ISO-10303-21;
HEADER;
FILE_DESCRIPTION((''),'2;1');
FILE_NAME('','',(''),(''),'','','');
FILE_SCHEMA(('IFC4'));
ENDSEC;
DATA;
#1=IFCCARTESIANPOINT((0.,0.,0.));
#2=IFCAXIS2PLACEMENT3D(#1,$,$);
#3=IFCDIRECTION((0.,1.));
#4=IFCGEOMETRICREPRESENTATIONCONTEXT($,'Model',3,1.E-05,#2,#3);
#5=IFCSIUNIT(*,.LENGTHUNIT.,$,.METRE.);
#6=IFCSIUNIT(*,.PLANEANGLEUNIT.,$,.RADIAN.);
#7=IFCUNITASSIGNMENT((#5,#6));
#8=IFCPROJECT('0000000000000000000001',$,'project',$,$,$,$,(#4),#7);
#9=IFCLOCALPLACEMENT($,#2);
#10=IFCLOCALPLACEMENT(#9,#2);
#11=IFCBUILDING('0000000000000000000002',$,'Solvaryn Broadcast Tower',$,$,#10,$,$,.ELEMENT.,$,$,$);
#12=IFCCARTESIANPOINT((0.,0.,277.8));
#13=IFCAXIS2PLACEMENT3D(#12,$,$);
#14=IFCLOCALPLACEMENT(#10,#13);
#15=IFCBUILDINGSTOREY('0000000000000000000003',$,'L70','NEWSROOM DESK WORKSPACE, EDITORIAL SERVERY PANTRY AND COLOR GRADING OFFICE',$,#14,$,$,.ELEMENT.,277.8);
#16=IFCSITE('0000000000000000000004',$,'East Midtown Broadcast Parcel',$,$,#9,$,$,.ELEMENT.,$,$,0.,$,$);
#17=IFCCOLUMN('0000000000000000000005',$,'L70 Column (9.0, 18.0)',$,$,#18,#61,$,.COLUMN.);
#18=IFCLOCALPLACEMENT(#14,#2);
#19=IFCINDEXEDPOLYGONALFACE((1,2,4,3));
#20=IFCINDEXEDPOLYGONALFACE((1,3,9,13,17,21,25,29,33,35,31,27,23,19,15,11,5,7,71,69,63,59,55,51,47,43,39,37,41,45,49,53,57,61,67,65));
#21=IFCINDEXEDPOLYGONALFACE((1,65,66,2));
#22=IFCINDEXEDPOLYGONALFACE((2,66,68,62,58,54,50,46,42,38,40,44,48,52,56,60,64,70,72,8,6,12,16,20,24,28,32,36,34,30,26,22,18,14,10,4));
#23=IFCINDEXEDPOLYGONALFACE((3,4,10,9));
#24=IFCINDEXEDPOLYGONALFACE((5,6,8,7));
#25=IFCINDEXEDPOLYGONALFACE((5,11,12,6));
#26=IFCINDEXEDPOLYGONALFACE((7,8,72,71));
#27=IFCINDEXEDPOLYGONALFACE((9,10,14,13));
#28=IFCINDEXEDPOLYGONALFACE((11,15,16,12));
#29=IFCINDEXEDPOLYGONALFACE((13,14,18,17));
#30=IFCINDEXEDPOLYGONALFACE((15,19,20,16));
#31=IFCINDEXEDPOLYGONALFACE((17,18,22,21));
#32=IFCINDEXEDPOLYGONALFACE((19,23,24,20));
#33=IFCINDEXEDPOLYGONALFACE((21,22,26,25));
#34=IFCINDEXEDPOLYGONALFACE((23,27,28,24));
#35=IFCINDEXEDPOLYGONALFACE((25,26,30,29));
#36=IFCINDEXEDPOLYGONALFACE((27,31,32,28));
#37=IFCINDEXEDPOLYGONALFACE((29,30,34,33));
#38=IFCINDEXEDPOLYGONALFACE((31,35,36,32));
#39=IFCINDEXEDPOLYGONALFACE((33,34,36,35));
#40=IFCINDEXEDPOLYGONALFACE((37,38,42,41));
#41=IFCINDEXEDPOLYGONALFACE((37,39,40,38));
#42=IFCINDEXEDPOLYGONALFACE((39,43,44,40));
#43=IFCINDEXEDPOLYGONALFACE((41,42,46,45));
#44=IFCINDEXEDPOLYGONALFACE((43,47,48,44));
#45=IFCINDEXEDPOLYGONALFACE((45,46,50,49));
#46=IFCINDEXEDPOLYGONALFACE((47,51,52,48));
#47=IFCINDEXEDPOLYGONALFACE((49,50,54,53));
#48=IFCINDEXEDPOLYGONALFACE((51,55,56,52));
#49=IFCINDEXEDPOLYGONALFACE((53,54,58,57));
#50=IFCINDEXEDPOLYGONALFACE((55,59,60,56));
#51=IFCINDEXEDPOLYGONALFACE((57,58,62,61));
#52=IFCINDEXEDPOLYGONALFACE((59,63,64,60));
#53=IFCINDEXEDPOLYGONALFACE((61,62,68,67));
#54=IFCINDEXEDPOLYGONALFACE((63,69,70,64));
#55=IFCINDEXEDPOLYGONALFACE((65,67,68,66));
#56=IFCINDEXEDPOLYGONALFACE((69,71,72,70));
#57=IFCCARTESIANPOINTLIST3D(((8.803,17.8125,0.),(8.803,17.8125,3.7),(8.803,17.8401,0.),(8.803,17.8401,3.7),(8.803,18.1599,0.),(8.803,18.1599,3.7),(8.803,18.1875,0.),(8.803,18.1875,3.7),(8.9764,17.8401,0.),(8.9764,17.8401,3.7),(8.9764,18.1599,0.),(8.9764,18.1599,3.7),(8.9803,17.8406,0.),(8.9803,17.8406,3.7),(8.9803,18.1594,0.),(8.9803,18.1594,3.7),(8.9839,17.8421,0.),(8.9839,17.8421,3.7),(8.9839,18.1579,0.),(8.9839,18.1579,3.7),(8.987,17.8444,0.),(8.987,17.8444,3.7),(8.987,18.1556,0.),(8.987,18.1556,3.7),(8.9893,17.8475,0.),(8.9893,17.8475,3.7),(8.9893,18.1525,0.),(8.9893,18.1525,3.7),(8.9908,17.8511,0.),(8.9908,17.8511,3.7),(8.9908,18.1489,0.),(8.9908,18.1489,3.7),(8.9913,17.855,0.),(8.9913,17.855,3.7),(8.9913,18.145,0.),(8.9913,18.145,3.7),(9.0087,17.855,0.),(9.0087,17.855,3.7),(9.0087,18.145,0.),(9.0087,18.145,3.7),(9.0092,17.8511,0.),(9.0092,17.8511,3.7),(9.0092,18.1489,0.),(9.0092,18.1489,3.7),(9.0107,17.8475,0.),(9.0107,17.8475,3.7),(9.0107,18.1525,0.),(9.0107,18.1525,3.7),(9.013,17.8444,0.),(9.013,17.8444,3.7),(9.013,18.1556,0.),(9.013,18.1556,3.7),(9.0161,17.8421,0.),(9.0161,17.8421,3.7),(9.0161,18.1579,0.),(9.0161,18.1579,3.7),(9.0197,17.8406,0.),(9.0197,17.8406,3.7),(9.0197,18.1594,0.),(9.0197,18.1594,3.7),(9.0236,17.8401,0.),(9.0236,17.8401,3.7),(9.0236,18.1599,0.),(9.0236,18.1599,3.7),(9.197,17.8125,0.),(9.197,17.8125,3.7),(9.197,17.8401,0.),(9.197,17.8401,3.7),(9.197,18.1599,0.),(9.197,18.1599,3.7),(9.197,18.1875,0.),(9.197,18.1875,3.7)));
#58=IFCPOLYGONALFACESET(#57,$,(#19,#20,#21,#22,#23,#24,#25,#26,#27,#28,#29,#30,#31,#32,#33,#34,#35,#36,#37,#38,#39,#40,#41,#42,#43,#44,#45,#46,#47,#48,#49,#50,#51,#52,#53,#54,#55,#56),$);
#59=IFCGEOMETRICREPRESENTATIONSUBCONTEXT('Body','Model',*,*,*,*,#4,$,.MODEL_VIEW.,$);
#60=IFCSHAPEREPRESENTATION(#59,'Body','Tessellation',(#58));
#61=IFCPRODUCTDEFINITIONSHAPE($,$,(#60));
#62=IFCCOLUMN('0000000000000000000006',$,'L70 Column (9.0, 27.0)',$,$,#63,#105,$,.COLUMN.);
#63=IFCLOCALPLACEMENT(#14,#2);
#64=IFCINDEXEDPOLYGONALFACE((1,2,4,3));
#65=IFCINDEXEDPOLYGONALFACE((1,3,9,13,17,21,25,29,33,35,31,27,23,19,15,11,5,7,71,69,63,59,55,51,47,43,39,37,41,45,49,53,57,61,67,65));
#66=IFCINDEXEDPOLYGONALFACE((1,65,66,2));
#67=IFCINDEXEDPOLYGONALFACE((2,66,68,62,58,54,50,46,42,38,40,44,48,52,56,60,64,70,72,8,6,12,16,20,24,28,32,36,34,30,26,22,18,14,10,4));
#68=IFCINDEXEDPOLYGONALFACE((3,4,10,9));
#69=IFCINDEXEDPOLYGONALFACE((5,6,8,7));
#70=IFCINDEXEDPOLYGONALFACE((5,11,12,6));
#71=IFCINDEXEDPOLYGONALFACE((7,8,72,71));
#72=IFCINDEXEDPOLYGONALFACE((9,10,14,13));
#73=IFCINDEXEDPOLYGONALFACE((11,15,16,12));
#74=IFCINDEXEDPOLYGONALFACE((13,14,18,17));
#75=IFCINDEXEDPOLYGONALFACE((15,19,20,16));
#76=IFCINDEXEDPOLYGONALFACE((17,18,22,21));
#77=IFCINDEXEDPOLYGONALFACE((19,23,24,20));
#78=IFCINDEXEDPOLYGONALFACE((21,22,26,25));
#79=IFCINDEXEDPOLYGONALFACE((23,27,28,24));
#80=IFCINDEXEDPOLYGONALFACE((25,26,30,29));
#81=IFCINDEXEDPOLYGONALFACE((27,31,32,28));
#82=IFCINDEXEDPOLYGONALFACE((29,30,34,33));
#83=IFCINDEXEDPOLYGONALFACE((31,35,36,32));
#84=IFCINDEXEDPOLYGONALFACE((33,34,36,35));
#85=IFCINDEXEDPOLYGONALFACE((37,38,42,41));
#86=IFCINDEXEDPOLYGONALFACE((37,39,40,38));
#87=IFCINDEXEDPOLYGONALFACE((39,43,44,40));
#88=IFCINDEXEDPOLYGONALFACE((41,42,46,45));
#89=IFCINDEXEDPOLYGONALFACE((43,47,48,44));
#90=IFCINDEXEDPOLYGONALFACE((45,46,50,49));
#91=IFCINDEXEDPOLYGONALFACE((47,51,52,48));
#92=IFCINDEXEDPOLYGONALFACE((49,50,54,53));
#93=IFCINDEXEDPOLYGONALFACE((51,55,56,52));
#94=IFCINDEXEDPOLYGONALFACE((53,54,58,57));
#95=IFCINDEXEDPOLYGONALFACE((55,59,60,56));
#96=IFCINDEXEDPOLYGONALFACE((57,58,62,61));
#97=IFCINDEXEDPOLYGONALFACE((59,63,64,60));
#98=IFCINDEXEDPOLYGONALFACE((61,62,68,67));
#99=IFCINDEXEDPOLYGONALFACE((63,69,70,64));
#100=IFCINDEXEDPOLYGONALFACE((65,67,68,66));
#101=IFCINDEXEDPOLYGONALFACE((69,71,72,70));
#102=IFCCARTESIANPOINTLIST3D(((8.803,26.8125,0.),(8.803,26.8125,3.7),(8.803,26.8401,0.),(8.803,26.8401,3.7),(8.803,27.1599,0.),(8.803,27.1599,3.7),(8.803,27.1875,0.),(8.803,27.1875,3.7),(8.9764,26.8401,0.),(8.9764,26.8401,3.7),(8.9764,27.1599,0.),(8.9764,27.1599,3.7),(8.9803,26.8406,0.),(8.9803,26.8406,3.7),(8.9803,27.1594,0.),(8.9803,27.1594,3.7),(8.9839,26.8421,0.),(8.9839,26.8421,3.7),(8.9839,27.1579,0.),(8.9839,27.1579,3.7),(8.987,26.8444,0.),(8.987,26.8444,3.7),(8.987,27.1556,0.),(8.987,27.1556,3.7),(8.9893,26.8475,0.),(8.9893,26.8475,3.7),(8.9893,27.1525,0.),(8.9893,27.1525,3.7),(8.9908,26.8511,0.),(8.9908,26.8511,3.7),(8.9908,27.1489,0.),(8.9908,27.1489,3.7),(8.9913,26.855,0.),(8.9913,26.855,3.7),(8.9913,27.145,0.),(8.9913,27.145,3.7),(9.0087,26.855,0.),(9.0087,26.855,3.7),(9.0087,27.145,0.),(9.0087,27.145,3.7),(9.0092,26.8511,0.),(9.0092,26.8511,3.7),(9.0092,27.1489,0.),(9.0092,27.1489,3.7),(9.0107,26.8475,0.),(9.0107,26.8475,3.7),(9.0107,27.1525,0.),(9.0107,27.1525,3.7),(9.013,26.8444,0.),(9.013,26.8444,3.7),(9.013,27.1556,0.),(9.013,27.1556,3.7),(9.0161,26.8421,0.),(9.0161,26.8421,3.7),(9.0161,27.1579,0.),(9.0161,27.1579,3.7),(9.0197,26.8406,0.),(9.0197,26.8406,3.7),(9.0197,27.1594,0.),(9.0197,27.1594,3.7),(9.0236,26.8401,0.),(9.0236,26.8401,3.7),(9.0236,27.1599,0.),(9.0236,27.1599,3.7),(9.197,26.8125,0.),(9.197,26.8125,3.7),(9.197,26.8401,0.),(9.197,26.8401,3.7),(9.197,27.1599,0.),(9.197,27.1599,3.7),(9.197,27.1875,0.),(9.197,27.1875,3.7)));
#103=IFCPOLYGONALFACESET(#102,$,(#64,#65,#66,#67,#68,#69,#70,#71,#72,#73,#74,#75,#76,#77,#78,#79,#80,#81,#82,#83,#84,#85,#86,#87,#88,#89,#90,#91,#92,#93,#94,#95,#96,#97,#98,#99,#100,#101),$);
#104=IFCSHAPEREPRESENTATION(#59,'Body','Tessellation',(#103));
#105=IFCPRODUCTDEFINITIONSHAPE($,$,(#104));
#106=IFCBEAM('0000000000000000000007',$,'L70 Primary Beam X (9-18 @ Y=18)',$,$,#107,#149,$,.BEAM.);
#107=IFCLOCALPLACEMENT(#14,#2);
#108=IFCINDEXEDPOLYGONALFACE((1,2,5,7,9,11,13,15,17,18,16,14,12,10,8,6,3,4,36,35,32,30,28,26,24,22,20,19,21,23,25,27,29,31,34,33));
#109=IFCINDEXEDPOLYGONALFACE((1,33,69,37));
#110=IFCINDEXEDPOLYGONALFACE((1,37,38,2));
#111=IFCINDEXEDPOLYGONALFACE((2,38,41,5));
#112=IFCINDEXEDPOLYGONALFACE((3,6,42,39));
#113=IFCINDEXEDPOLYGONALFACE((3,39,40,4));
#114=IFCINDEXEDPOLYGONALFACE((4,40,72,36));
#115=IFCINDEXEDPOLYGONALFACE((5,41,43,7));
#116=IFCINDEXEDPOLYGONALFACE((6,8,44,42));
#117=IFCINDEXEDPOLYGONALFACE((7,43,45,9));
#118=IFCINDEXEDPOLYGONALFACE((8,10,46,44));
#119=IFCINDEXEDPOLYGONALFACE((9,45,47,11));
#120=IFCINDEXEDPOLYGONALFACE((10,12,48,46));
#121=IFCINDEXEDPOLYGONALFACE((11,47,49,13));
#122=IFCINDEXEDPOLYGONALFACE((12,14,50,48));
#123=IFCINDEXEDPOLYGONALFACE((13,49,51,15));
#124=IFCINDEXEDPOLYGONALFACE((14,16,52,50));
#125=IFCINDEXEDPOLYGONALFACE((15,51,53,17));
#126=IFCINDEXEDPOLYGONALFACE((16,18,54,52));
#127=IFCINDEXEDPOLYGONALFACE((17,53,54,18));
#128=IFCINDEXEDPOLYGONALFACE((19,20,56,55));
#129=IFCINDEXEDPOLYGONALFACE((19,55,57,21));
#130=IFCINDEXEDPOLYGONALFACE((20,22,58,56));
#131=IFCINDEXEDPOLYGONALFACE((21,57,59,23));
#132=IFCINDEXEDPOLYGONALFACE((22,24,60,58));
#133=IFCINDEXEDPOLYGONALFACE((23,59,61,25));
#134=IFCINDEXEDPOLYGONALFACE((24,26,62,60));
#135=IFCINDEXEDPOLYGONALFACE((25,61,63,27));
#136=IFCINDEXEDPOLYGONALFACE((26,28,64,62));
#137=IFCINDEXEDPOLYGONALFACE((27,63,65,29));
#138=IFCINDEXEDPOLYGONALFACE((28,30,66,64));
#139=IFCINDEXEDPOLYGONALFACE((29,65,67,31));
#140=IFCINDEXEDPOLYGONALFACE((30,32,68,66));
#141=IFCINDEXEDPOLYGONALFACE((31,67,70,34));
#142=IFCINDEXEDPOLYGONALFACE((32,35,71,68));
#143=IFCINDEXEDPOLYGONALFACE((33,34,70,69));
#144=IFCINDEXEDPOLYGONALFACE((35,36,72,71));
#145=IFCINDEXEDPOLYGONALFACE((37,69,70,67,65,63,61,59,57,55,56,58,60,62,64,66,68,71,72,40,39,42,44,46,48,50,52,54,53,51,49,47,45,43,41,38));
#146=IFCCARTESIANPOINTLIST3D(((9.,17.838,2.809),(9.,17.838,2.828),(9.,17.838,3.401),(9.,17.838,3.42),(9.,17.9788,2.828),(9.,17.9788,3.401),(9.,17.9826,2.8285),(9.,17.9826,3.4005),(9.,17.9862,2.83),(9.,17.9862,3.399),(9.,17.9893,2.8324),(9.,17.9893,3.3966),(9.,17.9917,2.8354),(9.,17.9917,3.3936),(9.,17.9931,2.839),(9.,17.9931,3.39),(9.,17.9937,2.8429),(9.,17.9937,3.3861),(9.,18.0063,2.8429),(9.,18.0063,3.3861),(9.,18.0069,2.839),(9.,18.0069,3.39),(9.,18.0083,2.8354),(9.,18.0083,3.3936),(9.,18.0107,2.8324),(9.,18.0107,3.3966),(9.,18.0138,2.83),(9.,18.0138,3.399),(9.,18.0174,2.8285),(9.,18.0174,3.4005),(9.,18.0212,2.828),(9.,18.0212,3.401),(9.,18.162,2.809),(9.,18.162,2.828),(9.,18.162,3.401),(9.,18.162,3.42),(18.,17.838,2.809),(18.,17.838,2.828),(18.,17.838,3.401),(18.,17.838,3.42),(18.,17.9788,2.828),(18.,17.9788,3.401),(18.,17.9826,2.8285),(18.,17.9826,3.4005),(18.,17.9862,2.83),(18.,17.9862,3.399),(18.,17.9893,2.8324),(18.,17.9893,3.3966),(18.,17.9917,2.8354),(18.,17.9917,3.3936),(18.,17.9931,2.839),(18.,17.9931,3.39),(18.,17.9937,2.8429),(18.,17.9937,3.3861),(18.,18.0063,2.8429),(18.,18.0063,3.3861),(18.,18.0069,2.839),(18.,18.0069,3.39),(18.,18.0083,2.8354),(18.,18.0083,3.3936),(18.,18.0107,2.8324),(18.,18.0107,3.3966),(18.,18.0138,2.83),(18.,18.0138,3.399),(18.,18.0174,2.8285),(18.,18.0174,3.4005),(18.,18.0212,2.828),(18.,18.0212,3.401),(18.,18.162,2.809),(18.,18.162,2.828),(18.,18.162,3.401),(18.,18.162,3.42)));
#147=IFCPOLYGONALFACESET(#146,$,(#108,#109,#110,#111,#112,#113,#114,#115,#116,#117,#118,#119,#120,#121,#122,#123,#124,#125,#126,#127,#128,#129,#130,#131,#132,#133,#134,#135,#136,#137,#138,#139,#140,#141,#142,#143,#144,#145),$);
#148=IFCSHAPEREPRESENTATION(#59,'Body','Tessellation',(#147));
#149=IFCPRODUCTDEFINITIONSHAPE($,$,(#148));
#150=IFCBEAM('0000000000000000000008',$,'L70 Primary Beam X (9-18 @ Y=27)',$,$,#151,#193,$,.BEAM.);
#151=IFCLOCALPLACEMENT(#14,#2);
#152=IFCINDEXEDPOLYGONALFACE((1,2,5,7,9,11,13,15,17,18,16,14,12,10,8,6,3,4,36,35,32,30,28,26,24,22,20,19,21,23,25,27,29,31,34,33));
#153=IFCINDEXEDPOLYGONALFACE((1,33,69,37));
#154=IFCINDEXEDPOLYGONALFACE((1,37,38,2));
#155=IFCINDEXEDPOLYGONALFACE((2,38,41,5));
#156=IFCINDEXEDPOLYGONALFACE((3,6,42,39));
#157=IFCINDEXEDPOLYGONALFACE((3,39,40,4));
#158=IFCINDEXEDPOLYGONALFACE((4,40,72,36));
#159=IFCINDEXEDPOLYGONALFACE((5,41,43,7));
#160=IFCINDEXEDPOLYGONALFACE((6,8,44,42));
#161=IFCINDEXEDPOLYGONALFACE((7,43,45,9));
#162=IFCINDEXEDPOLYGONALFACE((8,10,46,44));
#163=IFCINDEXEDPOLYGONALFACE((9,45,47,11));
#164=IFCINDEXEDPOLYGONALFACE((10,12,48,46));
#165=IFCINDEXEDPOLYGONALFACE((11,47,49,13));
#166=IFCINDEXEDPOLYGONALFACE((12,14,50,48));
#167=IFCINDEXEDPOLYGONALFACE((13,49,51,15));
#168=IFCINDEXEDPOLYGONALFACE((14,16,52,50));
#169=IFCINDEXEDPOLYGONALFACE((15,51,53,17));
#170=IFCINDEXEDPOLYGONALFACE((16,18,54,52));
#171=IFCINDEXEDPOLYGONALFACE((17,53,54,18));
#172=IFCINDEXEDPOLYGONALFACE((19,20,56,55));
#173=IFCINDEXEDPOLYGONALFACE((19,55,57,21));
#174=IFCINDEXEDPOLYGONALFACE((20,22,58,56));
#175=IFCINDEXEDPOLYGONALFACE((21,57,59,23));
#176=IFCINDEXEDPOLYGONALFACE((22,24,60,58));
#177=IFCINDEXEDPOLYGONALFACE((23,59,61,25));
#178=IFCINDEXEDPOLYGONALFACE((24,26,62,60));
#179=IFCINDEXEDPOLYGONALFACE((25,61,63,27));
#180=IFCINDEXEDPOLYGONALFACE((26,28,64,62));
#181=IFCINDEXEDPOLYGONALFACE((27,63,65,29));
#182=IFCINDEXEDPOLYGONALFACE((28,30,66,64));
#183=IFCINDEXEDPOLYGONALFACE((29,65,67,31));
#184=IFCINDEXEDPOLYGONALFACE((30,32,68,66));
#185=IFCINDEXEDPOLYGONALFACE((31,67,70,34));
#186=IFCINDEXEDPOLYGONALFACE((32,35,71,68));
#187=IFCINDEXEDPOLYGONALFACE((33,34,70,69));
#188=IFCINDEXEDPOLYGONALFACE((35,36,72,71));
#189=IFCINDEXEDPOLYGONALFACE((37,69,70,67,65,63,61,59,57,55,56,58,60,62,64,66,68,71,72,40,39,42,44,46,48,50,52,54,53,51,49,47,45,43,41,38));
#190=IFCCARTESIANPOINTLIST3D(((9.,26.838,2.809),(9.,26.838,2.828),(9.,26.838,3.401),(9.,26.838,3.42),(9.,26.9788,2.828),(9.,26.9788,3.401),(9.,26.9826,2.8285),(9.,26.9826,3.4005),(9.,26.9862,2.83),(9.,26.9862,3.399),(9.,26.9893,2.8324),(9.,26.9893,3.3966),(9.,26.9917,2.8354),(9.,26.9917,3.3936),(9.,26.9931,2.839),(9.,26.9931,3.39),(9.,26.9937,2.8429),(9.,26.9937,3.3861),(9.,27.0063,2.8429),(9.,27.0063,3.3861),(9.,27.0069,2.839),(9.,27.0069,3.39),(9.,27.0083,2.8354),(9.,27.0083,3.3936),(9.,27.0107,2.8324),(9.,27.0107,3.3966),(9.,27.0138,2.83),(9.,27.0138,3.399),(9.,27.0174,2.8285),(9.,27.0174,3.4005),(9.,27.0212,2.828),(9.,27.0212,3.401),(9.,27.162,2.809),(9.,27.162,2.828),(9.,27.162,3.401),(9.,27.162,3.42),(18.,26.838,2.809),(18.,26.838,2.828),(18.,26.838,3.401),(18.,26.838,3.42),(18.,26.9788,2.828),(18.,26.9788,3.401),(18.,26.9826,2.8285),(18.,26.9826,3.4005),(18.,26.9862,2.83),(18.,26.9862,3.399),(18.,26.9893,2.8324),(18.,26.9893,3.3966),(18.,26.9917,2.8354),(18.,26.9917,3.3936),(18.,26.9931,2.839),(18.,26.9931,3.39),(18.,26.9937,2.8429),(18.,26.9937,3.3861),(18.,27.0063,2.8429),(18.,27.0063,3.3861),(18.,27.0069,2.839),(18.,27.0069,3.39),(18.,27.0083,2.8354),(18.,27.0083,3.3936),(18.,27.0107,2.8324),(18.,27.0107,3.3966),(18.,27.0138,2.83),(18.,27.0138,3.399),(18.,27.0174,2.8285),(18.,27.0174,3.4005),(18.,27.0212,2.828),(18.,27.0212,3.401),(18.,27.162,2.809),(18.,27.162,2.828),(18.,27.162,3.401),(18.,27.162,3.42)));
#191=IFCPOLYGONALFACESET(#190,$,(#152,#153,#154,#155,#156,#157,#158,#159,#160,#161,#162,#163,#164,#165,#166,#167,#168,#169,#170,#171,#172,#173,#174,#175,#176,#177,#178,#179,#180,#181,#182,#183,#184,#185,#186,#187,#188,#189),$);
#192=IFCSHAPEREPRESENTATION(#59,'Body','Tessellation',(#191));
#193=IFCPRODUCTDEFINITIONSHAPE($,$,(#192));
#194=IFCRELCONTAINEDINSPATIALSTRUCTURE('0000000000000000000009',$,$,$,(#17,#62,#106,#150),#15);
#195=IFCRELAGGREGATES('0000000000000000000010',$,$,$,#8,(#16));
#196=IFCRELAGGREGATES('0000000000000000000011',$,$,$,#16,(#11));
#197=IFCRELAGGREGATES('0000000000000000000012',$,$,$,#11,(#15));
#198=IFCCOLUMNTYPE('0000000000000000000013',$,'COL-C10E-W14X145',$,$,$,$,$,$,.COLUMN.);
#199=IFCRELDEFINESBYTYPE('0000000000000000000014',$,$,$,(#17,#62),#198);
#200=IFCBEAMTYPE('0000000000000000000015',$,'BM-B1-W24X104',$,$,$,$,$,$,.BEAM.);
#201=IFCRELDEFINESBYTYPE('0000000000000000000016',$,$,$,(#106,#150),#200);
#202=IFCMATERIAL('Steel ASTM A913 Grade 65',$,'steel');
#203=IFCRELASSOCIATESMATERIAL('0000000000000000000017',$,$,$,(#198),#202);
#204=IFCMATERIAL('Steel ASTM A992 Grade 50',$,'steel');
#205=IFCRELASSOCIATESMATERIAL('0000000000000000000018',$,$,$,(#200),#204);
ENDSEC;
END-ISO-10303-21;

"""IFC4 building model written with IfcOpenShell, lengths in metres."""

from ifc_helpers import new_model, si_unit, direction, frame, origin, origin_2d, place, context, subcontext, project, spatial, i_section, extrude, material, material_profile, profile_set, type_object, element, save


model = new_model("IFC4")

# Units and contexts
model_context = context("Model", 3, precision=1e-05, world=origin(), true_north=direction((0.0, 1.0)))
body_context = subcontext(model_context, "Body", "Model", "MODEL_VIEW")
ifc_project = project(units=[si_unit("LENGTHUNIT", "METRE"), si_unit("PLANEANGLEUNIT", "RADIAN")], contexts=[model_context])

# Site, building, storey
site_placement = place(None, origin())
site = spatial("IfcSite", under=ifc_project, at=site_placement, Name="East Midtown Broadcast Parcel", CompositionType="ELEMENT", RefElevation=0.0)
building_placement = place(site_placement, origin())
building = spatial("IfcBuilding", under=site, at=building_placement, Name="Solvaryn Broadcast Tower", CompositionType="ELEMENT")
storey_placement = place(building_placement, frame((0.0, 0.0, 277.8)))
storey = spatial("IfcBuildingStorey", under=building, at=storey_placement, Name="L70", Description="NEWSROOM DESK WORKSPACE, EDITORIAL SERVERY PANTRY AND COLOR GRADING OFFICE", CompositionType="ELEMENT", Elevation=277.8)

# Columns
ifc_material_1 = material(Name="Steel ASTM A913 Grade 65", Category="steel")
ifc_material_profile_1 = material_profile(ifc_material_1, i_section(OverallWidth=0.394, OverallDepth=0.375, WebThickness=0.0173, FlangeThickness=0.0276, FilletRadius=0.0149, at=origin_2d()))
ifc_profile_set_1 = profile_set([ifc_material_profile_1], Name="Steel ASTM A913 Grade 65")
column_type = type_object("IfcColumnType", Name="COL-C10E-W14X145", PredefinedType="COLUMN", material=ifc_profile_set_1)
for number, where, z_axis, x_axis, name in (
    (1, (9.0, 18.0, 0.0), (0.0, 0.0, 1.0), (1.0, 0.0, 0.0), "L70 Column (9.0, 18.0)"),
    (2, (9.0, 27.0, 0.0), (0.0, 0.0, 1.0), (1.0, 0.0, 0.0), "L70 Column (9.0, 27.0)"),
):
    element("IfcColumn", number, at=place(storey_placement, frame(where, z_axis=z_axis, x_axis=x_axis)), inside=storey, type_object=column_type, Name=name, PredefinedType="COLUMN", context=body_context, shape_type="SweptSolid", body=[
        extrude(i_section(OverallWidth=0.394, OverallDepth=0.375, WebThickness=0.0173, FlangeThickness=0.0276, FilletRadius=0.0149, at=origin_2d()), origin(), (0.0, 0.0, 1.0), 3.7),
    ])

# Beams
ifc_material_2 = material(Name="Steel ASTM A992 Grade 50", Category="steel")
ifc_material_profile_2 = material_profile(ifc_material_2, i_section(OverallWidth=0.324, OverallDepth=0.6111, WebThickness=0.0127, FlangeThickness=0.019, FilletRadius=0.0149, at=origin_2d()))
ifc_profile_set_2 = profile_set([ifc_material_profile_2], Name="Steel ASTM A992 Grade 50")
beam_type_1 = type_object("IfcBeamType", Name="BM-B1-W24X104", PredefinedType="BEAM", material=ifc_profile_set_2)
for number, where, z_axis, x_axis, name in (
    (3, (9.0, 18.0, 3.1145), (1.0, 0.0, 0.0), (0.0, 1.0, 0.0), "L70 Primary Beam X (9-18 @ Y=18)"),
    (4, (9.0, 27.0, 3.1145), (1.0, 0.0, 0.0), (0.0, 1.0, 0.0), "L70 Primary Beam X (9-18 @ Y=27)"),
):
    element("IfcBeam", number, at=place(storey_placement, frame(where, z_axis=z_axis, x_axis=x_axis)), inside=storey, type_object=beam_type_1, Name=name, PredefinedType="BEAM", context=body_context, shape_type="SweptSolid", body=[
        extrude(i_section(OverallWidth=0.324, OverallDepth=0.6111, WebThickness=0.0127, FlangeThickness=0.019, FilletRadius=0.0149, at=origin_2d()), origin(), (0.0, 0.0, 1.0), 9.0),
    ])

save(model, "model.ifc")
